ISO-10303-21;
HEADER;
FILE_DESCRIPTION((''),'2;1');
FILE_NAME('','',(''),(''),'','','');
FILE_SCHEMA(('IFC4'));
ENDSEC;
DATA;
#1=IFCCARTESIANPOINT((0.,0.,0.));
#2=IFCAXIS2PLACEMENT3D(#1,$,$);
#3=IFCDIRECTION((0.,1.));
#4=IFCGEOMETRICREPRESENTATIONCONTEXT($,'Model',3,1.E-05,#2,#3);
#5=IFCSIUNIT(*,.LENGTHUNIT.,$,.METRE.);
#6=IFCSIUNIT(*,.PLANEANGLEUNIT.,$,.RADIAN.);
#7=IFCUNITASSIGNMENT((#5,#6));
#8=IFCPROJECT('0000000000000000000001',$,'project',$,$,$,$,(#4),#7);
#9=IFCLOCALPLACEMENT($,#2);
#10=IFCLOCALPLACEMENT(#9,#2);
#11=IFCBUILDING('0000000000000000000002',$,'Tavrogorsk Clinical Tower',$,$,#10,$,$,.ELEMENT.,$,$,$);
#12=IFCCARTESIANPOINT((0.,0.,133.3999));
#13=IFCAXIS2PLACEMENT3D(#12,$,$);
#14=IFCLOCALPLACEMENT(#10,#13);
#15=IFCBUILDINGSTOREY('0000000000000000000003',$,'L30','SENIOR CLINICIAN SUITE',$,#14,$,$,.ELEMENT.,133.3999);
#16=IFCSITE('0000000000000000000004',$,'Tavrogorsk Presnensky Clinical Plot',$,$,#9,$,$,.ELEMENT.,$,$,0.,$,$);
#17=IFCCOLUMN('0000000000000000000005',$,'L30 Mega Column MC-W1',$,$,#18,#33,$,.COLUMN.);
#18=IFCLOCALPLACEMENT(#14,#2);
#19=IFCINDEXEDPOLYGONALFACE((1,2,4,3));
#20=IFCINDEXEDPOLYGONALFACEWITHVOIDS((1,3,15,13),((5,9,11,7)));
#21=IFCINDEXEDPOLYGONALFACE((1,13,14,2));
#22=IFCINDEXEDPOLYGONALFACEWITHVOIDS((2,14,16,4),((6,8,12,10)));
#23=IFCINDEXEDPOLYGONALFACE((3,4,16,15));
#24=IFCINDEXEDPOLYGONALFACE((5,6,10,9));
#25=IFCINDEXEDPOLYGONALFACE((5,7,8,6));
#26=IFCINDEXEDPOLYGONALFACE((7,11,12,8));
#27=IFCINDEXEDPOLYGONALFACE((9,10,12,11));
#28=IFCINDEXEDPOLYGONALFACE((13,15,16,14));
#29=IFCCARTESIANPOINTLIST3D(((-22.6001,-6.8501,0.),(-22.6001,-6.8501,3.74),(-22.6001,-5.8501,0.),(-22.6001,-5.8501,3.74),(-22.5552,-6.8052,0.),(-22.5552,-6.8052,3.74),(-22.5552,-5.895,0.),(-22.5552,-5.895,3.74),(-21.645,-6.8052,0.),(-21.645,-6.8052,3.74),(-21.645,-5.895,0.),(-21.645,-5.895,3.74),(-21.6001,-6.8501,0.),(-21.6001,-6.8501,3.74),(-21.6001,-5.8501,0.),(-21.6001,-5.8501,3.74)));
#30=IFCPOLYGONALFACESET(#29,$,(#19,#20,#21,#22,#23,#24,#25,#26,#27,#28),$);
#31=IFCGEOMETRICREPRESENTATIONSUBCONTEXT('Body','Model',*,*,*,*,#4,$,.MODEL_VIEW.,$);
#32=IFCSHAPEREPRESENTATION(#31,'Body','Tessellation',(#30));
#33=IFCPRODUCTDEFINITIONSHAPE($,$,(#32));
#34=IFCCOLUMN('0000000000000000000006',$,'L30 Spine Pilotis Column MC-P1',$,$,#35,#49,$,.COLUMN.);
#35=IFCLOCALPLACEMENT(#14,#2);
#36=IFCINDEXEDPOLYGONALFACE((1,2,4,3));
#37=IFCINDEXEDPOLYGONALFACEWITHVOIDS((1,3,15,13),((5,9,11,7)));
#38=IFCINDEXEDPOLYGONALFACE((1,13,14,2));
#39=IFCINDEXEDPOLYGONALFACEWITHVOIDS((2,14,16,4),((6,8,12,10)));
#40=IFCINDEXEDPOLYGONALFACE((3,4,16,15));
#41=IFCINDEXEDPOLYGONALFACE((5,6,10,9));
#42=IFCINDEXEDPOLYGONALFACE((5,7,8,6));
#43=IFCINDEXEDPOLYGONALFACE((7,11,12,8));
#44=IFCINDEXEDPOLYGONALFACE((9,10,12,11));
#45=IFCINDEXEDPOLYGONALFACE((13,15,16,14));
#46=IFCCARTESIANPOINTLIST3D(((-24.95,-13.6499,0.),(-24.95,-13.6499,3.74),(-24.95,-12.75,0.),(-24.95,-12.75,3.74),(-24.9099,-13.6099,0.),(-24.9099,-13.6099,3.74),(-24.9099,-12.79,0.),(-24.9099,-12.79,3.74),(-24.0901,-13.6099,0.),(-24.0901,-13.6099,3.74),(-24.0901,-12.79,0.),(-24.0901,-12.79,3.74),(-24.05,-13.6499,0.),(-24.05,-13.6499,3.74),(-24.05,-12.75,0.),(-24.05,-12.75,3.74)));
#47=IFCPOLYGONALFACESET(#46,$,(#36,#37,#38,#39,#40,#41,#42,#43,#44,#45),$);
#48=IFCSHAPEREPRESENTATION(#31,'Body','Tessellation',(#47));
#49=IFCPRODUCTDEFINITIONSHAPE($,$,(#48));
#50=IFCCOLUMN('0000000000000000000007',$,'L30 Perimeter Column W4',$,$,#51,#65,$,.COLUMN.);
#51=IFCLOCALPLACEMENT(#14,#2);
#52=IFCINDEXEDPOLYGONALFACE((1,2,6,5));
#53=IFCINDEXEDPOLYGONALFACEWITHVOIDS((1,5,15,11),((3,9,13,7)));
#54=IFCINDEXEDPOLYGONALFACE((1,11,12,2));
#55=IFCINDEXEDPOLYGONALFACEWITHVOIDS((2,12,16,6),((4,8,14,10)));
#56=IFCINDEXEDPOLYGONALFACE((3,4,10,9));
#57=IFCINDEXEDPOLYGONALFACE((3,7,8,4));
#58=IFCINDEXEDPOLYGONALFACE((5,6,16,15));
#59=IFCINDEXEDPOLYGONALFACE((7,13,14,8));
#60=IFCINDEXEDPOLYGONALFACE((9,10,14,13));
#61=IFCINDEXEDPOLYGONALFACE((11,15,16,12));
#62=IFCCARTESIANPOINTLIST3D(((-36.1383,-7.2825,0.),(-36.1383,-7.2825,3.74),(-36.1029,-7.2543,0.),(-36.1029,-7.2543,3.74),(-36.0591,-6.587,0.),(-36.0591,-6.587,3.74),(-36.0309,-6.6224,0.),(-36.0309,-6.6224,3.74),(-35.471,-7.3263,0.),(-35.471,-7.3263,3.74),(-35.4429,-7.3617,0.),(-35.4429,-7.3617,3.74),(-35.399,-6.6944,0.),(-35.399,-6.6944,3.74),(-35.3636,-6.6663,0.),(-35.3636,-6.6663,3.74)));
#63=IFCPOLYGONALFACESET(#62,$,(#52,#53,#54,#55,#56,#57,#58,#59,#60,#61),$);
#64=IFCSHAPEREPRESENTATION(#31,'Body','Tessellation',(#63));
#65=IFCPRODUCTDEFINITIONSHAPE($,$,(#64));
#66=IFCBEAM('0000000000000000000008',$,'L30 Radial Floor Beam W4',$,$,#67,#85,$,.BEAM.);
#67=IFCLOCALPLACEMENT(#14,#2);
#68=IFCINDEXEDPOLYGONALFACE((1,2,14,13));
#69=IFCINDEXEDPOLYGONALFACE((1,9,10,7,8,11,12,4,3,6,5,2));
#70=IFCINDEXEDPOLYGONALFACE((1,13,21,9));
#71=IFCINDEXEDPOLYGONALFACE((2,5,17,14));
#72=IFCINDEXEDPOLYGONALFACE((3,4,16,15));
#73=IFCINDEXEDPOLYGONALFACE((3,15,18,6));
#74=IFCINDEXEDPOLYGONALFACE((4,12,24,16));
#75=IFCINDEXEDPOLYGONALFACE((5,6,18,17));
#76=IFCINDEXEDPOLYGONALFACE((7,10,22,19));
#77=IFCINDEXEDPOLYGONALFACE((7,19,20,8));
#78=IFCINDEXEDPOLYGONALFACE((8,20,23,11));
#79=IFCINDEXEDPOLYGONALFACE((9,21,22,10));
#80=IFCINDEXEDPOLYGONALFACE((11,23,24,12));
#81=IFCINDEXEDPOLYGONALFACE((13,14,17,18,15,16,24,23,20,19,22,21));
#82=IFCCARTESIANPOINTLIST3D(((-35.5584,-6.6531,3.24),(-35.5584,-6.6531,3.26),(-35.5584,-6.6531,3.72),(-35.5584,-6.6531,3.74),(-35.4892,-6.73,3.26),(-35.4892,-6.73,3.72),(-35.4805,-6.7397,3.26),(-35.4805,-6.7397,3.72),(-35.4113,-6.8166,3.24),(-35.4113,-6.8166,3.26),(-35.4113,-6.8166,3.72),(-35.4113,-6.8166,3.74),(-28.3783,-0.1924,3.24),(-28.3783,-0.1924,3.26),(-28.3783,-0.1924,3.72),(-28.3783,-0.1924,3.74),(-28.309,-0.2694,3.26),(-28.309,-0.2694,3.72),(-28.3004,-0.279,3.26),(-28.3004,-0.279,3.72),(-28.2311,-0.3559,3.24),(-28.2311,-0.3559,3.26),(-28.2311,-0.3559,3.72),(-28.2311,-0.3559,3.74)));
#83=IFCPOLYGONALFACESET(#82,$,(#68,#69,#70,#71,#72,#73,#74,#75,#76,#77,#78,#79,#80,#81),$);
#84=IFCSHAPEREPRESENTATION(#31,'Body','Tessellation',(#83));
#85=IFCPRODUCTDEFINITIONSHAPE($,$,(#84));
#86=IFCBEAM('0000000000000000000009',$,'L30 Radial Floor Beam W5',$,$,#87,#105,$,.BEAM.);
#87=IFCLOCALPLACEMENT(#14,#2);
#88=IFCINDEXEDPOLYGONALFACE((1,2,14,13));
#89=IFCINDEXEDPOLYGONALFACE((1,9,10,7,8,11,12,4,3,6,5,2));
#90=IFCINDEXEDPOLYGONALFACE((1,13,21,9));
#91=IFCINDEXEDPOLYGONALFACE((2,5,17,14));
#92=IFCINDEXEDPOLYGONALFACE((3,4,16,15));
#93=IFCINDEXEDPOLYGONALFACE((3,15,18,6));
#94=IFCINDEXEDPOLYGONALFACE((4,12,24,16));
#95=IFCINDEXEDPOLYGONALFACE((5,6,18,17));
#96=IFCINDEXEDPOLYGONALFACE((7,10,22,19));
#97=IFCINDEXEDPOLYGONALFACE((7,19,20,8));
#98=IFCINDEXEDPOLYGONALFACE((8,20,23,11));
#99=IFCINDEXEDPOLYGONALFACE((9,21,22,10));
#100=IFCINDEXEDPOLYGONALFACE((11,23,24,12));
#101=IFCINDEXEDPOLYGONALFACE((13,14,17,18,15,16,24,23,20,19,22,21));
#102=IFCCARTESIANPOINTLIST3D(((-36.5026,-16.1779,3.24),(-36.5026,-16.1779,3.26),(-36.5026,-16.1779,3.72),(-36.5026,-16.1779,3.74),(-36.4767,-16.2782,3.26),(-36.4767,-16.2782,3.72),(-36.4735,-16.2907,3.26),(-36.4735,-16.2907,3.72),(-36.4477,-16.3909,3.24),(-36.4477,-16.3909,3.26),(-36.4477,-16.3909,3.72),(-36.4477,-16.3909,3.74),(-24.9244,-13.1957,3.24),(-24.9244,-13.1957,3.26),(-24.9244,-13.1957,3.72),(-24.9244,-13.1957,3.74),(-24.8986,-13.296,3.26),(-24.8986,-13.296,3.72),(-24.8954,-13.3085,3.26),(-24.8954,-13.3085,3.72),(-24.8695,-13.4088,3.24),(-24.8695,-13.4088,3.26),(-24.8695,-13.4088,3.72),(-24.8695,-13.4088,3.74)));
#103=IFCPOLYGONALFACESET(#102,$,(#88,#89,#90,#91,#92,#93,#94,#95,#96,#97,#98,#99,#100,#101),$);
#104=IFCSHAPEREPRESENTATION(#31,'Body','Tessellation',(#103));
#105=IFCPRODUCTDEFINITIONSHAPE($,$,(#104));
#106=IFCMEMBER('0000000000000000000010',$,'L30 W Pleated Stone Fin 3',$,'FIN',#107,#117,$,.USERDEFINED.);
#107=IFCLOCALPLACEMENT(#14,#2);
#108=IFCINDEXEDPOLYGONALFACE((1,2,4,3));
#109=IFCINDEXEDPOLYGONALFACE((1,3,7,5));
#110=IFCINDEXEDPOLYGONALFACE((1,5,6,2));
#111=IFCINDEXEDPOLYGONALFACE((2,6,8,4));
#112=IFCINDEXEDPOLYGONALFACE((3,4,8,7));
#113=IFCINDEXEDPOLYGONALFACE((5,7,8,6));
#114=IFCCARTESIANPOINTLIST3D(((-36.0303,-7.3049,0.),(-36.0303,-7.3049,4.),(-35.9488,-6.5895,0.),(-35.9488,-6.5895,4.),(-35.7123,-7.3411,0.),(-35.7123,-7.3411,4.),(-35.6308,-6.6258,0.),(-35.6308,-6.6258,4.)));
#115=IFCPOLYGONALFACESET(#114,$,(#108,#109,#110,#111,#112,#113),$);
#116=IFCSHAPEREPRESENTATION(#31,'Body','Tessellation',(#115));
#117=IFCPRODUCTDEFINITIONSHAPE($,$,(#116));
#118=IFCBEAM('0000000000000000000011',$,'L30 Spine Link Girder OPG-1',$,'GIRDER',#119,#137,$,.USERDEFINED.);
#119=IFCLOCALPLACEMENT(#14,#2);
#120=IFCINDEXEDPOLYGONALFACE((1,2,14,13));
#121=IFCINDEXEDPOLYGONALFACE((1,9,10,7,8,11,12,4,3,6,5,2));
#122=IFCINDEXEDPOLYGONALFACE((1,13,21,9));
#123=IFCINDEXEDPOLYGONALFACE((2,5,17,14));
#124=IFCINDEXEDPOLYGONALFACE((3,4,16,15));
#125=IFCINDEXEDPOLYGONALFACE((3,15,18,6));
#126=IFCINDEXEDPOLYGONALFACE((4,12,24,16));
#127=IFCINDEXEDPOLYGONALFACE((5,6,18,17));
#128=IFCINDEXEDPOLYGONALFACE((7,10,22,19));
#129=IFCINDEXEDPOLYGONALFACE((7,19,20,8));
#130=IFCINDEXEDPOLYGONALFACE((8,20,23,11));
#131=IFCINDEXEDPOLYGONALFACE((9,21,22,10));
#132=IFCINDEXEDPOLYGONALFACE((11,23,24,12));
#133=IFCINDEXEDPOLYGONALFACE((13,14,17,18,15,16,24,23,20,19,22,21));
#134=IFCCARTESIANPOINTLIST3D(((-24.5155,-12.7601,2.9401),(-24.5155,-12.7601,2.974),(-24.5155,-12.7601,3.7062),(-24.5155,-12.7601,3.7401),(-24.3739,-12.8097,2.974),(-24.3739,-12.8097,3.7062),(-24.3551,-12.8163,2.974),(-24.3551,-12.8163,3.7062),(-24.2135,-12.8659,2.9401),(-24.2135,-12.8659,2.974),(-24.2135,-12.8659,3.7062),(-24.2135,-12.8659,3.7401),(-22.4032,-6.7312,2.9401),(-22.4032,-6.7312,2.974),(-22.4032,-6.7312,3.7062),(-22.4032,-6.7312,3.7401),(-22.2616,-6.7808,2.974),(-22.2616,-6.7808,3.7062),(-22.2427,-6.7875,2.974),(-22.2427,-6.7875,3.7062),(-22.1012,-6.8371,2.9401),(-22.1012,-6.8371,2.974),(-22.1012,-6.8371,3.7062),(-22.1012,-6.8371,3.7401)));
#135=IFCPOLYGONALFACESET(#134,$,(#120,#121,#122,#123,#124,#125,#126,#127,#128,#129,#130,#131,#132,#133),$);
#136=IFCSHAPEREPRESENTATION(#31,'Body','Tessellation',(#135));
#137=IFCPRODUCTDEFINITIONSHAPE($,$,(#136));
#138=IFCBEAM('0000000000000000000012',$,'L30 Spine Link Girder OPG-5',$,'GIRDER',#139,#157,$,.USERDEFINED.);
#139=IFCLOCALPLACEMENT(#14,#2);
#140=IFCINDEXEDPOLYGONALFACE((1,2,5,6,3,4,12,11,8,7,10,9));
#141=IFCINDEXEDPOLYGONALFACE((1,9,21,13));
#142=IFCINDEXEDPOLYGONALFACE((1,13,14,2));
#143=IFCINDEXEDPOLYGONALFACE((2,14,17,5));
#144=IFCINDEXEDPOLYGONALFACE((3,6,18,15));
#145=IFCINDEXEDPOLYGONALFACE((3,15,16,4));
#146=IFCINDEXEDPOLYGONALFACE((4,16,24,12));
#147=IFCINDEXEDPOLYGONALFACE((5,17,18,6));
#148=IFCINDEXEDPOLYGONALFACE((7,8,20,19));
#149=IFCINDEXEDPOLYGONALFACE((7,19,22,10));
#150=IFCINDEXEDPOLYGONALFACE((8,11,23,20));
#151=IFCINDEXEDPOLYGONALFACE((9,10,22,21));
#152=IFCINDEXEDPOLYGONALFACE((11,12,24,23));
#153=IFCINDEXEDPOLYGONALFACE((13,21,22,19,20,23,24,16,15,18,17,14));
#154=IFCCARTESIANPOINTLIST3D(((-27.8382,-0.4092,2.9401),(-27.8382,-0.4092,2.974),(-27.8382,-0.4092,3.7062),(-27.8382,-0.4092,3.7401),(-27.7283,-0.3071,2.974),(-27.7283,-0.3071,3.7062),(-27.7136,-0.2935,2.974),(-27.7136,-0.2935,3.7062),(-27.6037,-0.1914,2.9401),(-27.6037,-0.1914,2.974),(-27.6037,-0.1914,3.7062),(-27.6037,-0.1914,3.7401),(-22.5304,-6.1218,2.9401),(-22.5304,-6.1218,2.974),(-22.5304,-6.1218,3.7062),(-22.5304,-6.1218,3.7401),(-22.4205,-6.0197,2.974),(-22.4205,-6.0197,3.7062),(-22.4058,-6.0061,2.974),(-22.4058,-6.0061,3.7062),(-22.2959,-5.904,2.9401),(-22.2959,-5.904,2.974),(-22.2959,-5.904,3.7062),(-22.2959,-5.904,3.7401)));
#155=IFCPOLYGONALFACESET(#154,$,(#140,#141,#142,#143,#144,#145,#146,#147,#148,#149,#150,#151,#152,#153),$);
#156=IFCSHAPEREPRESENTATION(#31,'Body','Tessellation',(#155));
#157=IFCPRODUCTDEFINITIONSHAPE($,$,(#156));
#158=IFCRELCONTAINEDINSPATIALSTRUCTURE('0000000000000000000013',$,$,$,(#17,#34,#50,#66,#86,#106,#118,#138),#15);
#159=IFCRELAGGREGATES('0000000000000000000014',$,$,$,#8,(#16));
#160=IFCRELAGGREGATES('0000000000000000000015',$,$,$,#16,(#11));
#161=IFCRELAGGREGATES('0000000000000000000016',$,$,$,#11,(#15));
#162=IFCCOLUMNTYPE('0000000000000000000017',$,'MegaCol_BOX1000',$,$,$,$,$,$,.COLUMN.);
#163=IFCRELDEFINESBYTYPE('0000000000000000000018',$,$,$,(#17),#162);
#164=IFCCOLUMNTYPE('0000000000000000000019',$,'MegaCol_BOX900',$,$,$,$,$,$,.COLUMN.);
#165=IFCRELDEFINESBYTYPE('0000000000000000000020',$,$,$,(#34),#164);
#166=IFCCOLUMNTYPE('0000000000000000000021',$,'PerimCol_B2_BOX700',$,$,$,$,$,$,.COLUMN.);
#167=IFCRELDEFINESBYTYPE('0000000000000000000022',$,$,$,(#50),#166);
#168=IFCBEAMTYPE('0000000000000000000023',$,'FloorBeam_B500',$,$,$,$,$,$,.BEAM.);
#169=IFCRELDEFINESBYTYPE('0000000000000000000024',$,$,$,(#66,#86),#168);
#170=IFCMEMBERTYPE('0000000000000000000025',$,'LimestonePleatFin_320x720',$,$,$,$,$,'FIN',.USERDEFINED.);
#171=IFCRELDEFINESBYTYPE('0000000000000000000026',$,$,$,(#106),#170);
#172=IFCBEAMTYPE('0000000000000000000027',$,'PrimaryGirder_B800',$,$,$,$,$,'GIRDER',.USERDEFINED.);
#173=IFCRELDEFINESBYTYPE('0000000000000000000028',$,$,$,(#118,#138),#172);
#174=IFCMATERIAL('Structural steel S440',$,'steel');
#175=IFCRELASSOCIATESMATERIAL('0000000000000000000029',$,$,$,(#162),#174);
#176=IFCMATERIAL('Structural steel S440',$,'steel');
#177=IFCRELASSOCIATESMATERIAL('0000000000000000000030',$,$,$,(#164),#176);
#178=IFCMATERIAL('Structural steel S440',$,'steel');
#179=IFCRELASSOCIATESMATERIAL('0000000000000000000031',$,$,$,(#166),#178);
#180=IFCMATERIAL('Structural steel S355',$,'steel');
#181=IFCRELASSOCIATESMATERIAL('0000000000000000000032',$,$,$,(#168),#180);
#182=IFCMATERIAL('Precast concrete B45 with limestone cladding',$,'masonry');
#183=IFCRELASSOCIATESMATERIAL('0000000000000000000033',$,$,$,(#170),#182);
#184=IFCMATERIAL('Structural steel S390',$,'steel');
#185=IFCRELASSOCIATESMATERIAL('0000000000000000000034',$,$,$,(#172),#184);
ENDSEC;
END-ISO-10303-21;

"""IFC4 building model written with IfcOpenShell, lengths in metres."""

from ifc_helpers import new_model, si_unit, direction, frame, origin, origin_2d, place, context, subcontext, project, spatial, rectangle, hollow_rectangle, i_section, extrude, material, material_profile, profile_set, type_object, element, save


model = new_model("IFC4")

# Units and contexts
model_context = context("Model", 3, precision=1e-05, world=origin(), true_north=direction((0.0, 1.0)))
body_context = subcontext(model_context, "Body", "Model", "MODEL_VIEW")
ifc_project = project(units=[si_unit("LENGTHUNIT", "METRE"), si_unit("PLANEANGLEUNIT", "RADIAN")], contexts=[model_context])

# Site, building, storey
site_placement = place(None, origin())
site = spatial("IfcSite", under=ifc_project, at=site_placement, Name="Tavrogorsk Presnensky Clinical Plot", CompositionType="ELEMENT", RefElevation=0.0)
building_placement = place(site_placement, origin())
building = spatial("IfcBuilding", under=site, at=building_placement, Name="Tavrogorsk Clinical Tower", CompositionType="ELEMENT")
storey_placement = place(building_placement, frame((0.0, 0.0, 133.3999)))
storey = spatial("IfcBuildingStorey", under=building, at=storey_placement, Name="L30", Description="SENIOR CLINICIAN SUITE", CompositionType="ELEMENT", Elevation=133.3999)

# Columns
ifc_material_1 = material(Name="Structural steel S440", Category="steel")
ifc_material_profile_1 = material_profile(ifc_material_1, hollow_rectangle(XDim=1.0, YDim=1.0, WallThickness=0.0449, at=origin_2d()), Name="BOX-1000x1000x45")
ifc_profile_set_1 = profile_set([ifc_material_profile_1], Name="Structural steel S440")
column_type_1 = type_object("IfcColumnType", Name="MegaCol_BOX1000", PredefinedType="COLUMN", material=ifc_profile_set_1)
column_1_placement = place(storey_placement, frame((-22.1001, -6.3501, 0.0), z_axis=(0.0, 0.0, 1.0), x_axis=(1.0, 0.0, 0.0)))
element("IfcColumn", 1, at=column_1_placement, inside=storey, type_object=column_type_1, Name="L30 Mega Column MC-W1", PredefinedType="COLUMN", context=body_context, shape_type="SweptSolid", body=[
    extrude(hollow_rectangle(XDim=1.0, YDim=1.0, WallThickness=0.0449, at=origin_2d()), origin(), (0.0, 0.0, 1.0), 3.74),
])
ifc_material_2 = material(Name="Structural steel S440", Category="steel")
ifc_material_profile_2 = material_profile(ifc_material_2, hollow_rectangle(XDim=0.8999, YDim=0.8999, WallThickness=0.04, at=origin_2d()), Name="BOX-900x900x40")
ifc_profile_set_2 = profile_set([ifc_material_profile_2], Name="Structural steel S440")
column_type_2 = type_object("IfcColumnType", Name="MegaCol_BOX900", PredefinedType="COLUMN", material=ifc_profile_set_2)
column_2_placement = place(storey_placement, frame((-24.5, -13.2, 0.0), z_axis=(0.0, 0.0, 1.0), x_axis=(1.0, 0.0, 0.0)))
element("IfcColumn", 2, at=column_2_placement, inside=storey, type_object=column_type_2, Name="L30 Spine Pilotis Column MC-P1", PredefinedType="COLUMN", context=body_context, shape_type="SweptSolid", body=[
    extrude(hollow_rectangle(XDim=0.8999, YDim=0.8999, WallThickness=0.04, at=origin_2d()), origin(), (0.0, 0.0, 1.0), 3.74),
])
ifc_material_3 = material(Name="Structural steel S440", Category="steel")
ifc_material_profile_3 = material_profile(ifc_material_3, hollow_rectangle(XDim=0.7, YDim=0.7, WallThickness=0.032, at=origin_2d()), Name="BOX-700x700x32")
ifc_profile_set_3 = profile_set([ifc_material_profile_3], Name="Structural steel S440")
column_type_3 = type_object("IfcColumnType", Name="PerimCol_B2_BOX700", PredefinedType="COLUMN", material=ifc_profile_set_3)
column_3_placement = place(storey_placement, frame((-35.751, -6.9744, 0.0), z_axis=(0.0, 0.0, 1.0), x_axis=(0.993572, -0.113203, 0.0)))
element("IfcColumn", 3, at=column_3_placement, inside=storey, type_object=column_type_3, Name="L30 Perimeter Column W4", PredefinedType="COLUMN", context=body_context, shape_type="SweptSolid", body=[
    extrude(hollow_rectangle(XDim=0.7, YDim=0.7, WallThickness=0.032, at=origin_2d()), origin(), (0.0, 0.0, 1.0), 3.74),
])

# Beams
ifc_material_4 = material(Name="Structural steel S355", Category="steel")
ifc_material_profile_4 = material_profile(ifc_material_4, i_section(OverallWidth=0.22, OverallDepth=0.5, WebThickness=0.0129, FlangeThickness=0.02, at=origin_2d()), Name="B-500x220x13x20")
ifc_profile_set_4 = profile_set([ifc_material_profile_4], Name="Structural steel S355")
beam_type_1 = type_object("IfcBeamType", Name="FloorBeam_B500", PredefinedType="BEAM", material=ifc_profile_set_4)
beam_1_placement = place(storey_placement, frame((-28.3047, -0.2742, 3.49), z_axis=(-0.74337, -0.668881, 0.0), x_axis=(0.668881, -0.74337, 0.0)))
element("IfcBeam", 4, at=beam_1_placement, inside=storey, type_object=beam_type_1, Name="L30 Radial Floor Beam W4", PredefinedType="BEAM", context=body_context, shape_type="SweptSolid", body=[
    extrude(i_section(OverallWidth=0.22, OverallDepth=0.5, WebThickness=0.0129, FlangeThickness=0.02, at=origin_2d()), origin(), (0.0, 0.0, 1.0), 9.6589),
])
beam_2_placement = place(storey_placement, frame((-24.897, -13.3022, 3.49), z_axis=(-0.968393, -0.249429, 0.0), x_axis=(0.249429, -0.968393, 0.0)))
element("IfcBeam", 5, at=beam_2_placement, inside=storey, type_object=beam_type_1, Name="L30 Radial Floor Beam W5", PredefinedType="BEAM", context=body_context, shape_type="SweptSolid", body=[
    extrude(i_section(OverallWidth=0.22, OverallDepth=0.5, WebThickness=0.0129, FlangeThickness=0.02, at=origin_2d()), origin(), (0.0, 0.0, 1.0), 11.9561),
])

# Member
ifc_material_5 = material(Name="Precast concrete B45 with limestone cladding", Category="masonry")
ifc_material_profile_5 = material_profile(ifc_material_5, rectangle(XDim=0.3201, YDim=0.72, at=origin_2d()), Name="LIMESTONE-FIN-320x720")
ifc_profile_set_5 = profile_set([ifc_material_profile_5], Name="Precast concrete B45 with limestone cladding")
member_type = type_object("IfcMemberType", Name="LimestonePleatFin_320x720", ElementType="FIN", PredefinedType="USERDEFINED", material=ifc_profile_set_5)
member_placement = place(storey_placement, frame((-35.8306, -6.9653, 0.0), z_axis=(0.0, 0.0, 1.0), x_axis=(0.993572, -0.113203, 0.0)))
element("IfcMember", 6, at=member_placement, inside=storey, type_object=member_type, Name="L30 W Pleated Stone Fin 3", ObjectType="FIN", PredefinedType="USERDEFINED", context=body_context, shape_type="SweptSolid", body=[
    extrude(rectangle(XDim=0.3201, YDim=0.72, at=origin_2d()), origin(), (0.0, 0.0, 1.0), 4.0),
])

# Beams
ifc_material_6 = material(Name="Structural steel S390", Category="steel")
ifc_material_profile_6 = material_profile(ifc_material_6, i_section(OverallWidth=0.3201, OverallDepth=0.8, WebThickness=0.02, FlangeThickness=0.0339, at=origin_2d()), Name="B-800x320x20x34")
ifc_profile_set_6 = profile_set([ifc_material_profile_6], Name="Structural steel S390")
beam_type_2 = type_object("IfcBeamType", Name="PrimaryGirder_B800", ElementType="GIRDER", PredefinedType="USERDEFINED", material=ifc_profile_set_6)
beam_3_placement = place(storey_placement, frame((-24.3645, -12.813, 3.3401), z_axis=(0.33066, 0.94375, 0.0), x_axis=(-0.94375, 0.33066, 0.0)))
element("IfcBeam", 7, at=beam_3_placement, inside=storey, type_object=beam_type_2, Name="L30 Spine Link Girder OPG-1", ObjectType="GIRDER", PredefinedType="USERDEFINED", context=body_context, shape_type="SweptSolid", body=[
    extrude(i_section(OverallWidth=0.3201, OverallDepth=0.8, WebThickness=0.02, FlangeThickness=0.0339, at=origin_2d()), origin(), (0.0, 0.0, 1.0), 6.3882),
])
beam_4_placement = place(storey_placement, frame((-27.7209, -0.3003, 3.3401), z_axis=(0.680676, -0.732585, 0.0), x_axis=(0.732585, 0.680676, 0.0)))
element("IfcBeam", 8, at=beam_4_placement, inside=storey, type_object=beam_type_2, Name="L30 Spine Link Girder OPG-5", ObjectType="GIRDER", PredefinedType="USERDEFINED", context=body_context, shape_type="SweptSolid", body=[
    extrude(i_section(OverallWidth=0.3201, OverallDepth=0.8, WebThickness=0.02, FlangeThickness=0.0339, at=origin_2d()), origin(), (0.0, 0.0, 1.0), 7.7979),
])

save(model, "model.ifc")
